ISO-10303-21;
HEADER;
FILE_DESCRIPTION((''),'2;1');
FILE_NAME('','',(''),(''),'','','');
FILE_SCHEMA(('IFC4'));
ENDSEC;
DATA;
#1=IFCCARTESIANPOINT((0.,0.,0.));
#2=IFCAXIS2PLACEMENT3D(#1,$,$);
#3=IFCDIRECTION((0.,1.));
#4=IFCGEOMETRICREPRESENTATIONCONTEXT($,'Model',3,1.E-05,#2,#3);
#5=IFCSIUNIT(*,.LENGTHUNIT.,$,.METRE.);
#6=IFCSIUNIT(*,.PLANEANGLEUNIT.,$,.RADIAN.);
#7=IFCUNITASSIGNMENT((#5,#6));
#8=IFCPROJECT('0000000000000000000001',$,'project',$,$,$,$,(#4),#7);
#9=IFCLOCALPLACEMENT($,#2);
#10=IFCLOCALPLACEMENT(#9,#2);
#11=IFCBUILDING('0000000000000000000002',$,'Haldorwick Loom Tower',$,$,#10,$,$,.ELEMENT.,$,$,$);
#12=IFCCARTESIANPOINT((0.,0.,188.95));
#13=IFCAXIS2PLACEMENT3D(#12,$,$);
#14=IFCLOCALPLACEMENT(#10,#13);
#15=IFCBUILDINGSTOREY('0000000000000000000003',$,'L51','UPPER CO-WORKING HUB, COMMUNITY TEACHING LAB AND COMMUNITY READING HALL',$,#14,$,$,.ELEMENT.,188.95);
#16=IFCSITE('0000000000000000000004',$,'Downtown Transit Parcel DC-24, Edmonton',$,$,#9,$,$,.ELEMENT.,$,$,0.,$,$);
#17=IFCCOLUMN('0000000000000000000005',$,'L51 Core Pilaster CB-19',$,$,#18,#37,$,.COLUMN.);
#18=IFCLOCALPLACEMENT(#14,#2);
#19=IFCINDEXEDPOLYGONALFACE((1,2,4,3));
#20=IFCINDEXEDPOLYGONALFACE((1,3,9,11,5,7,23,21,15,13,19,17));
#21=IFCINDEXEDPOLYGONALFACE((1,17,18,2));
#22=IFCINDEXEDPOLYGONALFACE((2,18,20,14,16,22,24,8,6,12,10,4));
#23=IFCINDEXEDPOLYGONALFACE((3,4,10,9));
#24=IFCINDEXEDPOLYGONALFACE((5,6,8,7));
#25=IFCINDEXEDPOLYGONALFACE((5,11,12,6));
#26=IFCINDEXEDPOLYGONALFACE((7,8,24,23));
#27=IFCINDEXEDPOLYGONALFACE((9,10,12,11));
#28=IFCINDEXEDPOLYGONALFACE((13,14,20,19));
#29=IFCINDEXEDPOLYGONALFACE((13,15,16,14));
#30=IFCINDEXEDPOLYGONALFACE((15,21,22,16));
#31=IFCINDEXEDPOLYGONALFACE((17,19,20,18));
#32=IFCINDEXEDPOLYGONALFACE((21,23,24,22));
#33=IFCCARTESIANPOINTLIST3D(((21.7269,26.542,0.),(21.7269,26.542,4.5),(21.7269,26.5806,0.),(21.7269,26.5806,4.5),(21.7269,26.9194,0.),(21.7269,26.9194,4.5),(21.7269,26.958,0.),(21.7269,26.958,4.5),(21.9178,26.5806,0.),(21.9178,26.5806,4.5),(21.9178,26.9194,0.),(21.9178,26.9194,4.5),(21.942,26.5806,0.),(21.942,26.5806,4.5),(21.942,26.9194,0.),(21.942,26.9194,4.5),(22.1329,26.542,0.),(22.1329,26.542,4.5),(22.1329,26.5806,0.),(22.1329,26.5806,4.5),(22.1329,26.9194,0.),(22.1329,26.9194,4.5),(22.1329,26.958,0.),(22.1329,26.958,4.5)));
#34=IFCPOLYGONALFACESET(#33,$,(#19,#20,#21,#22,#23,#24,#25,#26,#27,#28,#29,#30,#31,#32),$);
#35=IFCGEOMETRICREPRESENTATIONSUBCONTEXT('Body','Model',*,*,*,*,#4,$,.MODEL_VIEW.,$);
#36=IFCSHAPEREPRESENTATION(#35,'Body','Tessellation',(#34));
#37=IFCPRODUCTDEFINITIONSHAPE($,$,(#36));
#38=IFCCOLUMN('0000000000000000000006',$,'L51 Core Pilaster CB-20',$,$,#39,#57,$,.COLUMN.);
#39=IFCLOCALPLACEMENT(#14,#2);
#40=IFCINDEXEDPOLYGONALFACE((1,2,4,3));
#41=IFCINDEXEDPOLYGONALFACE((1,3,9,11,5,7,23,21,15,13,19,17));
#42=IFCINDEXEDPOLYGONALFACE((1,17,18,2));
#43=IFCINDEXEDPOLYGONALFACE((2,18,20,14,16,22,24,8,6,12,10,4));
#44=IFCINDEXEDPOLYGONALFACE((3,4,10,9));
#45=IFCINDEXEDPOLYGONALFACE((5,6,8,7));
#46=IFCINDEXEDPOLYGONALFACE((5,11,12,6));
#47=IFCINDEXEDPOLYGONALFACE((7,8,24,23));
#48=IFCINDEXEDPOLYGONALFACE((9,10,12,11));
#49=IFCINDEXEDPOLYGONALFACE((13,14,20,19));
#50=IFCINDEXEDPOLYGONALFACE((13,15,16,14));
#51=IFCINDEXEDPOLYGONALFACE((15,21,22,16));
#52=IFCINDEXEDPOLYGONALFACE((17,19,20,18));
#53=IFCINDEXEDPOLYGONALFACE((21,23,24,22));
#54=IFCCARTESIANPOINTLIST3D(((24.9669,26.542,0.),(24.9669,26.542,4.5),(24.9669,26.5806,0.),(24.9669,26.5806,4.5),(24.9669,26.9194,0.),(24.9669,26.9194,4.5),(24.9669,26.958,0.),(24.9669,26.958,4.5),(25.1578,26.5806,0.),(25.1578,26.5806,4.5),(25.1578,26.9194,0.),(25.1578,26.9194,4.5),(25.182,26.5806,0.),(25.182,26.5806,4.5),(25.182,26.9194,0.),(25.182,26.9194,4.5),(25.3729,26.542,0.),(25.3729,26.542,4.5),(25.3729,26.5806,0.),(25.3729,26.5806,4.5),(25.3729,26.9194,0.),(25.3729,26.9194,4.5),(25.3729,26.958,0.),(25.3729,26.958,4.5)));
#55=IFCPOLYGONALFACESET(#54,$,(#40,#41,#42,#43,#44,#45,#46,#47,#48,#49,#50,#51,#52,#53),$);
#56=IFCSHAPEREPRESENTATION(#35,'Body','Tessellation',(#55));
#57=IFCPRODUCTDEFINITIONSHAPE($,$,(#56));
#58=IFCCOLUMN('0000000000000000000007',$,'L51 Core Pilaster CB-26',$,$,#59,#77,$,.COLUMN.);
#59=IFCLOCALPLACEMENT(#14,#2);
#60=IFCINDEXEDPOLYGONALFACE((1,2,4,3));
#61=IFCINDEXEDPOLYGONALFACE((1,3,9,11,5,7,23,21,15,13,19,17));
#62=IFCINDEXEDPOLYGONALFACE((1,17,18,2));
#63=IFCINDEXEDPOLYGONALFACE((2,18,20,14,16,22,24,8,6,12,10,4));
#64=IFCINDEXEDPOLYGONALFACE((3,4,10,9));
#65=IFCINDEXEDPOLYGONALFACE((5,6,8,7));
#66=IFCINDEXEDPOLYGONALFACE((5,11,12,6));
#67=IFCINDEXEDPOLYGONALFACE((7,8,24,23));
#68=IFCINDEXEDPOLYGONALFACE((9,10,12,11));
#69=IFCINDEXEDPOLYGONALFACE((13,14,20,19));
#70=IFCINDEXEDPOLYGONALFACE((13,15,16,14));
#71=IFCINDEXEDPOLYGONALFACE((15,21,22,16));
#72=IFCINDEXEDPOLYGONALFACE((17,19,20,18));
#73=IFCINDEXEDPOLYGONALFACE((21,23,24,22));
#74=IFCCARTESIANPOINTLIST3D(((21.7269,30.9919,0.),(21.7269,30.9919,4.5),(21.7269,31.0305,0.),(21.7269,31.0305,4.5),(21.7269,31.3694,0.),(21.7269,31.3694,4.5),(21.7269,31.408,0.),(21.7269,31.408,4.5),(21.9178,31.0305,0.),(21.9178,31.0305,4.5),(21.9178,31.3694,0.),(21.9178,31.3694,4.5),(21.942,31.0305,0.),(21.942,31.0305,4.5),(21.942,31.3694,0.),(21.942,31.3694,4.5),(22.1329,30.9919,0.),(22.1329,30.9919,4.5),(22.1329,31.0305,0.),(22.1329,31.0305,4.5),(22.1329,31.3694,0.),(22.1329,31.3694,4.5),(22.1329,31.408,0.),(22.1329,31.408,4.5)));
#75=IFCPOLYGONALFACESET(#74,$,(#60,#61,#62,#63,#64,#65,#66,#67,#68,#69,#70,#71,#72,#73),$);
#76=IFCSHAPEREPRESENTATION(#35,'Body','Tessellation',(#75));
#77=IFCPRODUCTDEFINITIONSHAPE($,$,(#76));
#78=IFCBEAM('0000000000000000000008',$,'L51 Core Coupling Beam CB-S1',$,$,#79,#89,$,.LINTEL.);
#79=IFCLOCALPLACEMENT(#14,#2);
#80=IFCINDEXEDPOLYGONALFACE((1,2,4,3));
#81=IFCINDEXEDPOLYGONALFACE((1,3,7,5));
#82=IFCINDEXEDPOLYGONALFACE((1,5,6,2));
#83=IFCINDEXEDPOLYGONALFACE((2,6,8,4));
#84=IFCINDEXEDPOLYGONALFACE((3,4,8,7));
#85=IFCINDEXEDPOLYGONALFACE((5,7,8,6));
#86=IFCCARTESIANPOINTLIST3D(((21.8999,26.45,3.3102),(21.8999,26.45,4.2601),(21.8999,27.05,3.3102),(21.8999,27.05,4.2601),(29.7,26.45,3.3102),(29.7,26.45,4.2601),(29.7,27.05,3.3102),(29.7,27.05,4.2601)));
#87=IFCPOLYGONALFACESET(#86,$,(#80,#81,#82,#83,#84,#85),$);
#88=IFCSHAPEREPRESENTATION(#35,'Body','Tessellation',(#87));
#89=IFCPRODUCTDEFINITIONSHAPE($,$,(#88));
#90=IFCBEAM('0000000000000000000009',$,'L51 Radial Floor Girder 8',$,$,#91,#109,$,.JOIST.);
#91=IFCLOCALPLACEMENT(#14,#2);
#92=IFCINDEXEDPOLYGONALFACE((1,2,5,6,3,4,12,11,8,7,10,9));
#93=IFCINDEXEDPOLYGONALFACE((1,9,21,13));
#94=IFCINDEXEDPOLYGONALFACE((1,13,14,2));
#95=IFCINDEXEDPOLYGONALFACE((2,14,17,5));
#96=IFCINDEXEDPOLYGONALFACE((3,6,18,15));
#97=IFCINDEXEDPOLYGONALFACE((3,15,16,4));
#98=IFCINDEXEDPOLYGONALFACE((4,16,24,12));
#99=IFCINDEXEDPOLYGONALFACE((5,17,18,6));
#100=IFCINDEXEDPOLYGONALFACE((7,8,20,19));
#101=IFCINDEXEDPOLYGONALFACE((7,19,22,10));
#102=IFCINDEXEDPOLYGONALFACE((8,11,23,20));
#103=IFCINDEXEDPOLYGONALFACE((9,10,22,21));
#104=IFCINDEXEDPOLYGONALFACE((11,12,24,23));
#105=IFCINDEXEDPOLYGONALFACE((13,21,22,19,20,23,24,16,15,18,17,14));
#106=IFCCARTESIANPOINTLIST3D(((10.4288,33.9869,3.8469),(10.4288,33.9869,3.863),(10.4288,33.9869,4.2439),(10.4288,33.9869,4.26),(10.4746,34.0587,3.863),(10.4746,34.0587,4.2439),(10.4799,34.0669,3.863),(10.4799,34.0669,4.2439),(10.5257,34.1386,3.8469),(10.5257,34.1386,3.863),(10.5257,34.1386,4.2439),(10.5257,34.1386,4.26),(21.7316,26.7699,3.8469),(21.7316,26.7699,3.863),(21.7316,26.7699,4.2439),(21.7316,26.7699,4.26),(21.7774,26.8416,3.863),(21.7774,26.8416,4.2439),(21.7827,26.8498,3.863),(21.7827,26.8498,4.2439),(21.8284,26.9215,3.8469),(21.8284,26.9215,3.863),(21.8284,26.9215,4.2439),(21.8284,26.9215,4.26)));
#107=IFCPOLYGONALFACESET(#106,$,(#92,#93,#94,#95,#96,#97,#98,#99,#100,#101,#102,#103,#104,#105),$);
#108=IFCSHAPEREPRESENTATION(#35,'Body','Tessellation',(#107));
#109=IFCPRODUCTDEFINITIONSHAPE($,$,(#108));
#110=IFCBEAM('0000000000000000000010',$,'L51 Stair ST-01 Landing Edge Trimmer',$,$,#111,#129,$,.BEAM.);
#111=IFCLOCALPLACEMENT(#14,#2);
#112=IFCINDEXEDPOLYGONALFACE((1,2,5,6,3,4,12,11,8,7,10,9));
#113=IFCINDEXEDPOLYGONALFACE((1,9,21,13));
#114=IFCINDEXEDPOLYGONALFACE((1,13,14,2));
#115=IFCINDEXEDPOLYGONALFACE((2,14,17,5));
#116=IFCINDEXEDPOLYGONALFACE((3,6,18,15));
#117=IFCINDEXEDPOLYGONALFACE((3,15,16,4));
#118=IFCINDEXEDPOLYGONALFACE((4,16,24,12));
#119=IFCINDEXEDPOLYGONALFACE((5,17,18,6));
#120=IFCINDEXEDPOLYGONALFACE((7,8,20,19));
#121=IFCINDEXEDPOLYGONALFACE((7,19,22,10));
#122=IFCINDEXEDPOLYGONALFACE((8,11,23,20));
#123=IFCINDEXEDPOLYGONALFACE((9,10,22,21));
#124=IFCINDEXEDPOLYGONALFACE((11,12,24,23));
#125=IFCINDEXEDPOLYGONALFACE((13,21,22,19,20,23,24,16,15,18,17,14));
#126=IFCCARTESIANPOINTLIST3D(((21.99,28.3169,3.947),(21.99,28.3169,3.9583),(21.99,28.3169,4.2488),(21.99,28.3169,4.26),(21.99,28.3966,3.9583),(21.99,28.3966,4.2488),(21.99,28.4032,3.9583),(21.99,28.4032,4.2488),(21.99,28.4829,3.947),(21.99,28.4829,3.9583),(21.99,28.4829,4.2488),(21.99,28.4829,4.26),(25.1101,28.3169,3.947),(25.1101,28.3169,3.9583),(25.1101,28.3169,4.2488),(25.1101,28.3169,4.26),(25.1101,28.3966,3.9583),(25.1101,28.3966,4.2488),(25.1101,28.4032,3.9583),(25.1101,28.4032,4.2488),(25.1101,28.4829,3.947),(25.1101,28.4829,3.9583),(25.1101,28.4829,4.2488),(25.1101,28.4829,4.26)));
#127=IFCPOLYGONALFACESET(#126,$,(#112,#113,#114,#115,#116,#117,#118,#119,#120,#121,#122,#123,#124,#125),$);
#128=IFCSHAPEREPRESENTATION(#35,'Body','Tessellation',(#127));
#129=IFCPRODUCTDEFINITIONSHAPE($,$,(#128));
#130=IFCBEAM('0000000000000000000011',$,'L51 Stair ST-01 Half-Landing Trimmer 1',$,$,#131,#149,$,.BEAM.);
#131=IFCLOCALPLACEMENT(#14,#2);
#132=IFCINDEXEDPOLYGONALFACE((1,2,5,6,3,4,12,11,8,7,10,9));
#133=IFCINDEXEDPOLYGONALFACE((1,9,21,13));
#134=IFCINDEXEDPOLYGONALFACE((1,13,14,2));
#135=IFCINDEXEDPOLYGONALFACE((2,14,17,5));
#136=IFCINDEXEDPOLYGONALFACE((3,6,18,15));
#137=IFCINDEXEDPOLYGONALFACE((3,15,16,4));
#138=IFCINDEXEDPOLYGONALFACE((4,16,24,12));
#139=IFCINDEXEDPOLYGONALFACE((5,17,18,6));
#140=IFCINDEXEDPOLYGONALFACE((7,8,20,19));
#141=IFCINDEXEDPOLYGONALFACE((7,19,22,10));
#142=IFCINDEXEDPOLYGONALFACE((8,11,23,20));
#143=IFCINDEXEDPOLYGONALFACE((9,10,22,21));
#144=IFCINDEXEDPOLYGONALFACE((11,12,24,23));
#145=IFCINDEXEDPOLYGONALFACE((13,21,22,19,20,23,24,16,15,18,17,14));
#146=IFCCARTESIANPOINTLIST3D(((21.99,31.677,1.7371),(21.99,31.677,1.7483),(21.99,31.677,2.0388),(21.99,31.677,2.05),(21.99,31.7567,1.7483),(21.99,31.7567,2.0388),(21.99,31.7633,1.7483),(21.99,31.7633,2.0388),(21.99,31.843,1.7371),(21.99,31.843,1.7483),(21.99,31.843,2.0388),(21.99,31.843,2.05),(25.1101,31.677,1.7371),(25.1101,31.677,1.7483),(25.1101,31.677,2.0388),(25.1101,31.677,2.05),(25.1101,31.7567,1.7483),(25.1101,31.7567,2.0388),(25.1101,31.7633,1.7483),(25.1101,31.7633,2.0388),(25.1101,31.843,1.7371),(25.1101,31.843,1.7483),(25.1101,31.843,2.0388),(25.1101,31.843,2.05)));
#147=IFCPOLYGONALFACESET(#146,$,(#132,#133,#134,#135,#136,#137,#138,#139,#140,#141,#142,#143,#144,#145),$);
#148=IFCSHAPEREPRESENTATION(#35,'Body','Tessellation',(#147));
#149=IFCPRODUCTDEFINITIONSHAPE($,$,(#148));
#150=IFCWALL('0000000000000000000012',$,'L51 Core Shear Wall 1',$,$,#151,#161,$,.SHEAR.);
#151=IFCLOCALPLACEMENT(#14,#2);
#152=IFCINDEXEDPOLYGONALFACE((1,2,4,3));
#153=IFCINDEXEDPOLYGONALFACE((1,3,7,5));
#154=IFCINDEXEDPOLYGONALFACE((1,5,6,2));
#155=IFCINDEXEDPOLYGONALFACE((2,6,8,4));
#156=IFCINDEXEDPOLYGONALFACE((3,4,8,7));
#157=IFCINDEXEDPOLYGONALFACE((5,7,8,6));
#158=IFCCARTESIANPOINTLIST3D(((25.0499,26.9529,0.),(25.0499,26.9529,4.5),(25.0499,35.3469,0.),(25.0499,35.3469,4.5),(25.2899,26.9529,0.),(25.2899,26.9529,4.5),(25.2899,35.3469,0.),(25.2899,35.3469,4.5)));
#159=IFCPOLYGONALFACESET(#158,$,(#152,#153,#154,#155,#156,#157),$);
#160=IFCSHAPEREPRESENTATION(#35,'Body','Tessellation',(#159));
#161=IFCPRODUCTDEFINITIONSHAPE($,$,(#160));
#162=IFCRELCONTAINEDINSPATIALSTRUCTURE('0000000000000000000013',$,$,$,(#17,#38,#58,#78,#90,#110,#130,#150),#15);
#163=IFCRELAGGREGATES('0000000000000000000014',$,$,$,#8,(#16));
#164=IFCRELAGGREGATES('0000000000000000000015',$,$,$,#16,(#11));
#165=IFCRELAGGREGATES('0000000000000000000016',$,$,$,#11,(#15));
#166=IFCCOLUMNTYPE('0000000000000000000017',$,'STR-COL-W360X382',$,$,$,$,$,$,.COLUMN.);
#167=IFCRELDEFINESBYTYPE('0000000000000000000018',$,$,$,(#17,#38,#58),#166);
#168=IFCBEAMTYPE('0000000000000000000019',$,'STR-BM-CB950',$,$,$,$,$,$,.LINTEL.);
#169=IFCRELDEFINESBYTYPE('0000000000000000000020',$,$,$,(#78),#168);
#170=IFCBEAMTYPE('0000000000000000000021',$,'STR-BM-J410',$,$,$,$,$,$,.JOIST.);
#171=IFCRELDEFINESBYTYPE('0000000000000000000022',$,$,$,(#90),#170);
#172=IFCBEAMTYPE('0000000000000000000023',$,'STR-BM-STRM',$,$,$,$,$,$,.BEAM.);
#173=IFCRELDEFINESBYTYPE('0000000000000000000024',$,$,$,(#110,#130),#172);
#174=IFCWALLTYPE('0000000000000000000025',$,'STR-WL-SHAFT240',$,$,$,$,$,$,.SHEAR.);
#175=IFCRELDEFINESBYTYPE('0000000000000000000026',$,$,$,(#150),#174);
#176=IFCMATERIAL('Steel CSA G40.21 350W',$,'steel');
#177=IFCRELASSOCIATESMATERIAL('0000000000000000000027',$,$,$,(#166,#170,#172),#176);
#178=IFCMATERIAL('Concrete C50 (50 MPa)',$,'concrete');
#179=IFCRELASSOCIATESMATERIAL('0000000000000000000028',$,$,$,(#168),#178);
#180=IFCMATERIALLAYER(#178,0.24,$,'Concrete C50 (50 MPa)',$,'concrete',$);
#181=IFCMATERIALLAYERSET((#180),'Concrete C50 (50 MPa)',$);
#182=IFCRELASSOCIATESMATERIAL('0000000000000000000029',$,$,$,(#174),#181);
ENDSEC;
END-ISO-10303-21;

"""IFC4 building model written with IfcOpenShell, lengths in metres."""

from ifc_helpers import new_model, si_unit, direction, frame, frame_2d, origin, origin_2d, place, context, subcontext, project, spatial, rectangle, i_section, extrude, material, layer, layer_set, material_profile, profile_set, type_object, element, save


model = new_model("IFC4")

# Units and contexts
model_context = context("Model", 3, precision=1e-05, world=origin(), true_north=direction((0.0, 1.0)))
body_context = subcontext(model_context, "Body", "Model", "MODEL_VIEW")
ifc_project = project(units=[si_unit("LENGTHUNIT", "METRE"), si_unit("PLANEANGLEUNIT", "RADIAN")], contexts=[model_context])

# Site, building, storey
site_placement = place(None, origin())
site = spatial("IfcSite", under=ifc_project, at=site_placement, Name="Downtown Transit Parcel DC-24, Edmonton", CompositionType="ELEMENT", RefElevation=0.0)
building_placement = place(site_placement, origin())
building = spatial("IfcBuilding", under=site, at=building_placement, Name="Haldorwick Loom Tower", CompositionType="ELEMENT")
storey_placement = place(building_placement, frame((0.0, 0.0, 188.95)))
storey = spatial("IfcBuildingStorey", under=building, at=storey_placement, Name="L51", Description="UPPER CO-WORKING HUB, COMMUNITY TEACHING LAB AND COMMUNITY READING HALL", CompositionType="ELEMENT", Elevation=188.95)

# Columns
ifc_material_1 = material(Name="Steel CSA G40.21 350W", Category="steel")
ifc_material_profile_1 = material_profile(ifc_material_1, i_section(OverallWidth=0.406, OverallDepth=0.416, WebThickness=0.0242, FlangeThickness=0.0386, at=origin_2d()), Name="W360X382", Category="steel")
ifc_profile_set_1 = profile_set([ifc_material_profile_1], Name="Steel CSA G40.21 350W")
column_type = type_object("IfcColumnType", Name="STR-COL-W360X382", PredefinedType="COLUMN", material=ifc_profile_set_1)
for number, where, z_axis, x_axis, name in (
    (1, (21.9299, 26.75, 0.0), (0.0, 0.0, 1.0), (1.0, 0.0, 0.0), "L51 Core Pilaster CB-19"),
    (2, (25.1699, 26.75, 0.0), (0.0, 0.0, 1.0), (1.0, 0.0, 0.0), "L51 Core Pilaster CB-20"),
    (3, (21.9299, 31.2, 0.0), (0.0, 0.0, 1.0), (1.0, 0.0, 0.0), "L51 Core Pilaster CB-26"),
):
    element("IfcColumn", number, at=place(storey_placement, frame(where, z_axis=z_axis, x_axis=x_axis)), inside=storey, type_object=column_type, Name=name, PredefinedType="COLUMN", context=body_context, shape_type="SweptSolid", body=[
        extrude(i_section(OverallWidth=0.406, OverallDepth=0.416, WebThickness=0.0242, FlangeThickness=0.0386, at=origin_2d()), origin(), (0.0, 0.0, 1.0), 4.5),
    ])

# Beams
ifc_material_2 = material(Name="Concrete C50 (50 MPa)", Category="concrete")
ifc_material_profile_2 = material_profile(ifc_material_2, rectangle(XDim=0.6001, YDim=0.95, at=origin_2d()), Name="RC600X950", Category="concrete")
ifc_profile_set_2 = profile_set([ifc_material_profile_2], Name="Concrete C50 (50 MPa)")
beam_type_1 = type_object("IfcBeamType", Name="STR-BM-CB950", PredefinedType="LINTEL", material=ifc_profile_set_2)
beam_1_placement = place(storey_placement, frame((21.8999, 26.75, 3.7852), z_axis=(1.0, 0.0, 0.0), x_axis=(0.0, 1.0, 0.0)))
element("IfcBeam", 4, at=beam_1_placement, inside=storey, type_object=beam_type_1, Name="L51 Core Coupling Beam CB-S1", PredefinedType="LINTEL", context=body_context, shape_type="SweptSolid", body=[
    extrude(rectangle(XDim=0.6001, YDim=0.95, at=origin_2d()), origin(), (0.0, 0.0, 1.0), 7.8),
])
ifc_material_profile_3 = material_profile(ifc_material_1, i_section(OverallWidth=0.1799, OverallDepth=0.4131, WebThickness=0.0098, FlangeThickness=0.0161, at=origin_2d()), Name="W410X74", Category="steel")
ifc_profile_set_3 = profile_set([ifc_material_profile_3], Name="Steel CSA G40.21 350W")
beam_type_2 = type_object("IfcBeamType", Name="STR-BM-J410", PredefinedType="JOIST", material=ifc_profile_set_3)
beam_2_placement = place(storey_placement, frame((21.78, 26.8457, 4.0535), z_axis=(-0.842837, 0.538169, 0.0), x_axis=(-0.538169, -0.842837, 0.0)))
element("IfcBeam", 5, at=beam_2_placement, inside=storey, type_object=beam_type_2, Name="L51 Radial Floor Girder 8", PredefinedType="JOIST", context=body_context, shape_type="SweptSolid", body=[
    extrude(i_section(OverallWidth=0.1799, OverallDepth=0.4131, WebThickness=0.0098, FlangeThickness=0.0161, at=origin_2d()), origin(), (0.0, 0.0, 1.0), 13.4104),
])
ifc_material_profile_4 = material_profile(ifc_material_1, i_section(OverallWidth=0.166, OverallDepth=0.313, WebThickness=0.0066, FlangeThickness=0.0112, at=origin_2d()), Name="W310X45", Category="steel")
ifc_profile_set_4 = profile_set([ifc_material_profile_4], Name="Steel CSA G40.21 350W")
beam_type_3 = type_object("IfcBeamType", Name="STR-BM-STRM", PredefinedType="BEAM", material=ifc_profile_set_4)
for number, where, z_axis, x_axis, name in (
    (6, (21.99, 28.3999, 4.1035), (1.0, 0.0, 0.0), (0.0, 1.0, 0.0), "L51 Stair ST-01 Landing Edge Trimmer"),
    (7, (21.99, 31.76, 1.8936), (1.0, 0.0, 0.0), (0.0, 1.0, 0.0), "L51 Stair ST-01 Half-Landing Trimmer 1"),
):
    element("IfcBeam", number, at=place(storey_placement, frame(where, z_axis=z_axis, x_axis=x_axis)), inside=storey, type_object=beam_type_3, Name=name, PredefinedType="BEAM", context=body_context, shape_type="SweptSolid", body=[
        extrude(i_section(OverallWidth=0.166, OverallDepth=0.313, WebThickness=0.0066, FlangeThickness=0.0112, at=origin_2d()), origin(), (0.0, 0.0, 1.0), 3.1201),
    ])

# Wall
ifc_layer = layer(ifc_material_2, 0.24, Name="Concrete C50 (50 MPa)", Category="concrete")
ifc_layer_set = layer_set([ifc_layer], Name="Concrete C50 (50 MPa)")
wall_type = type_object("IfcWallType", Name="STR-WL-SHAFT240", PredefinedType="SHEAR", material=ifc_layer_set)
wall_placement = place(storey_placement, frame((25.1699, 26.9529, 0.0), z_axis=(0.0, 0.0, 1.0), x_axis=(0.0, 1.0, 0.0)))
element("IfcWall", 8, at=wall_placement, inside=storey, type_object=wall_type, Name="L51 Core Shear Wall 1", PredefinedType="SHEAR", context=body_context, shape_type="SweptSolid", body=[
    extrude(rectangle(XDim=8.394, YDim=0.24, at=frame_2d((4.197, 0.0))), origin(), (0.0, 0.0, 1.0), 4.5),
])

save(model, "model.ifc")
